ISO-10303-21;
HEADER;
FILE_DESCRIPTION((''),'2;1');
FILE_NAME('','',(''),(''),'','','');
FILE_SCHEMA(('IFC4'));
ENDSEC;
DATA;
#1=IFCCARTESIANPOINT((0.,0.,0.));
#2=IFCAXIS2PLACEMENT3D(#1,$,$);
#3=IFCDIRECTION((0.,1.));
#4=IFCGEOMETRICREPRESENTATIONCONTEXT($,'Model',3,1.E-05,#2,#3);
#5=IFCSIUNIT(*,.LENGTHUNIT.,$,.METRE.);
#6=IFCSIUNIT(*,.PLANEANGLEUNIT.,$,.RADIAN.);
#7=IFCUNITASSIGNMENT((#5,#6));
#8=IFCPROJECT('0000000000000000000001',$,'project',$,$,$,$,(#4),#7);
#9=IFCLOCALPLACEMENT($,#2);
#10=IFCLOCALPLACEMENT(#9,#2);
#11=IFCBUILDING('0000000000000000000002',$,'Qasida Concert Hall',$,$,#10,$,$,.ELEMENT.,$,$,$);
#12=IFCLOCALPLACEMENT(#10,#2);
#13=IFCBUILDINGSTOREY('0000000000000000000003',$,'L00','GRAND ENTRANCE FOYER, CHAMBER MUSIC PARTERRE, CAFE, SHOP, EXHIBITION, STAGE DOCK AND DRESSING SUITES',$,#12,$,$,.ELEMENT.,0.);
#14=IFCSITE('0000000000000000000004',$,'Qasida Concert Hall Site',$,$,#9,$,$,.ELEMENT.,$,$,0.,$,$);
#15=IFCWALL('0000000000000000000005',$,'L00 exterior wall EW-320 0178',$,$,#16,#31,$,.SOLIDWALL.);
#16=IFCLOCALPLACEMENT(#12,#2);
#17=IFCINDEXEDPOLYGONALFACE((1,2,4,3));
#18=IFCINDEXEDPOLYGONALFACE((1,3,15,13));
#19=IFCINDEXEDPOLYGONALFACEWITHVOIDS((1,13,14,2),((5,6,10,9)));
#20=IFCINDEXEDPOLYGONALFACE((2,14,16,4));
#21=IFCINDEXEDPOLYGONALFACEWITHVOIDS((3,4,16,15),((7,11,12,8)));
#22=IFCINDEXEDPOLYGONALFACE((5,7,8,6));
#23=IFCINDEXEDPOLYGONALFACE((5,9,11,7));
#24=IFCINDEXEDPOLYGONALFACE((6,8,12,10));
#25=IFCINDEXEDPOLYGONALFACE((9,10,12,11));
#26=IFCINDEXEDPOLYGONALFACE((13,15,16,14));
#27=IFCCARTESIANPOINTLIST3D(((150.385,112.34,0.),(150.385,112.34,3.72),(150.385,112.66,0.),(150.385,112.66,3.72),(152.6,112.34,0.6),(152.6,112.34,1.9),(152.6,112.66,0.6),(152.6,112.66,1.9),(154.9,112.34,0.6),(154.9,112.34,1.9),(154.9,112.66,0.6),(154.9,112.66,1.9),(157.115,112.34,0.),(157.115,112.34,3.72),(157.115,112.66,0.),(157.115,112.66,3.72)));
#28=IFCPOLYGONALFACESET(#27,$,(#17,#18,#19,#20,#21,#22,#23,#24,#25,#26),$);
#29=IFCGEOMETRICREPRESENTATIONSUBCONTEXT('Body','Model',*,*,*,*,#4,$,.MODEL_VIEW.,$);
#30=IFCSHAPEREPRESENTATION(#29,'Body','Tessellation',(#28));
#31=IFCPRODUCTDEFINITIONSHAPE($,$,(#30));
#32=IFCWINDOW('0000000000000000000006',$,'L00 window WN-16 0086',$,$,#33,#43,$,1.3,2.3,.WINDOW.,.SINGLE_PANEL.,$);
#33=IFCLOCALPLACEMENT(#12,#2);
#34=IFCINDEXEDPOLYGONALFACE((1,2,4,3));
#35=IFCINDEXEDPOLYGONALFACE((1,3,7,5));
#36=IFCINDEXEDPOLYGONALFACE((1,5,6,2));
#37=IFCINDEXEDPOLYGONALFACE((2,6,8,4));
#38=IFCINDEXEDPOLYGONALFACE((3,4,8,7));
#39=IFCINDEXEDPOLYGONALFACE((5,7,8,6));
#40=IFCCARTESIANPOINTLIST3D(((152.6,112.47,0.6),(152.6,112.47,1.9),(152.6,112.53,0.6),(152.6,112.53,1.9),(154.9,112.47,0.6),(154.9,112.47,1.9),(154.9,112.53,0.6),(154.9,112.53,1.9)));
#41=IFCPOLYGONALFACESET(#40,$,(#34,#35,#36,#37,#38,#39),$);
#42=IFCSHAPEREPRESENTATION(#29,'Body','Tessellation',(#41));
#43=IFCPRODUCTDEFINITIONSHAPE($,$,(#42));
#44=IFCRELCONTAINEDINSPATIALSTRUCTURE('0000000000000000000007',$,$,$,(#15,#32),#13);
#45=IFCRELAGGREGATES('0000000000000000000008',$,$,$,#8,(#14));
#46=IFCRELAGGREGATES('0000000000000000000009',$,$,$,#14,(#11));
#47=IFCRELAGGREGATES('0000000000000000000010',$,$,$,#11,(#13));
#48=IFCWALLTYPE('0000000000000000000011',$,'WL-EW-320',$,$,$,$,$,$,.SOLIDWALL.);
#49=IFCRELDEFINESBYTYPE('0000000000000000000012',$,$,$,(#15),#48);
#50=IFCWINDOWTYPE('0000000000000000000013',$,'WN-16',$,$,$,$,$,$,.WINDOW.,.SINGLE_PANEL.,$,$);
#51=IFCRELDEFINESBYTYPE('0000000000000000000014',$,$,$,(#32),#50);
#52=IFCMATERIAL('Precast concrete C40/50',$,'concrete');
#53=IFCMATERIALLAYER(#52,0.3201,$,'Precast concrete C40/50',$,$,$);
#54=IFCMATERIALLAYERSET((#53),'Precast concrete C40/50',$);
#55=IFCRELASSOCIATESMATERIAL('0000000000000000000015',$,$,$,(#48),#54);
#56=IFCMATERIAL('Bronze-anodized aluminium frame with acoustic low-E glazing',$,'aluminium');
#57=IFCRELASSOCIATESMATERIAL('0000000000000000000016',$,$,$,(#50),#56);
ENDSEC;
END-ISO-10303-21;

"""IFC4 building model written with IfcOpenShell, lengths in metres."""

from ifc_helpers import new_model, si_unit, direction, frame, frame_2d, origin, place, context, subcontext, project, spatial, rectangle, extrude, material, layer, layer_set, type_object, element, fill, save


model = new_model("IFC4")

# Units and contexts
model_context = context("Model", 3, precision=1e-05, world=origin(), true_north=direction((0.0, 1.0)))
body_context = subcontext(model_context, "Body", "Model", "MODEL_VIEW")
ifc_project = project(units=[si_unit("LENGTHUNIT", "METRE"), si_unit("PLANEANGLEUNIT", "RADIAN")], contexts=[model_context])

# Site, building, storey
site_placement = place(None, origin())
site = spatial("IfcSite", under=ifc_project, at=site_placement, Name="Qasida Concert Hall Site", CompositionType="ELEMENT", RefElevation=0.0)
building_placement = place(site_placement, origin())
building = spatial("IfcBuilding", under=site, at=building_placement, Name="Qasida Concert Hall", CompositionType="ELEMENT")
storey_placement = place(building_placement, origin())
storey = spatial("IfcBuildingStorey", under=building, at=storey_placement, Name="L00", Description="GRAND ENTRANCE FOYER, CHAMBER MUSIC PARTERRE, CAFE, SHOP, EXHIBITION, STAGE DOCK AND DRESSING SUITES", CompositionType="ELEMENT", Elevation=0.0)

# Wall, opening, window
ifc_material_1 = material(Name="Precast concrete C40/50", Category="concrete")
ifc_layer_1 = layer(ifc_material_1, 0.3201, Name="Precast concrete C40/50")
ifc_layer_set_1 = layer_set([ifc_layer_1], Name="Precast concrete C40/50")
wall_type = type_object("IfcWallType", Name="WL-EW-320", PredefinedType="SOLIDWALL", material=ifc_layer_set_1)
wall_placement = place(storey_placement, frame((150.385, 112.5, 0.0), z_axis=(0.0, 0.0, 1.0), x_axis=(1.0, 0.0, 0.0)))
wall = element("IfcWall", 1, at=wall_placement, inside=storey, type_object=wall_type, Name="L00 exterior wall EW-320 0178", PredefinedType="SOLIDWALL", context=body_context, shape_type="SweptSolid", body=[
    extrude(rectangle(XDim=6.73, YDim=0.3201, at=frame_2d((3.365, 0.0))), origin(), (0.0, 0.0, 1.0), 3.72),
])
opening_placement = place(wall_placement, frame((2.2151, 0.0, 0.6001)))
opening = element("IfcOpeningElement", 2, at=opening_placement, cuts=wall, PredefinedType="OPENING", context=body_context, shape_type="SweptSolid", body=[
    extrude(rectangle(XDim=2.3, YDim=1.3, at=frame_2d((1.1499, 0.6499))), frame((0.0, 0.1699, 0.0), z_axis=(0.0, -1.0, 0.0), x_axis=(1.0, 0.0, 0.0)), (0.0, 0.0, 1.0), 0.3401),
])
ifc_material_2 = material(Name="Bronze-anodized aluminium frame with acoustic low-E glazing", Category="aluminium")
window_type = type_object("IfcWindowType", Name="WN-16", PartitioningType="SINGLE_PANEL", PredefinedType="WINDOW", material=ifc_material_2)
window_placement = place(opening_placement, origin())
window = element("IfcWindow", 3, at=window_placement, inside=storey, type_object=window_type, Name="L00 window WN-16 0086", OverallHeight=1.3, OverallWidth=2.3, PartitioningType="SINGLE_PANEL", PredefinedType="WINDOW", context=body_context, shape_type="SweptSolid", body=[
    extrude(rectangle(XDim=2.3, YDim=1.3, at=frame_2d((1.1499, 0.6499))), frame((0.0, 0.03, 0.0), z_axis=(0.0, -1.0, 0.0), x_axis=(1.0, 0.0, 0.0)), (0.0, 0.0, 1.0), 0.0601),
])
fill(opening, window)

save(model, "model.ifc")
